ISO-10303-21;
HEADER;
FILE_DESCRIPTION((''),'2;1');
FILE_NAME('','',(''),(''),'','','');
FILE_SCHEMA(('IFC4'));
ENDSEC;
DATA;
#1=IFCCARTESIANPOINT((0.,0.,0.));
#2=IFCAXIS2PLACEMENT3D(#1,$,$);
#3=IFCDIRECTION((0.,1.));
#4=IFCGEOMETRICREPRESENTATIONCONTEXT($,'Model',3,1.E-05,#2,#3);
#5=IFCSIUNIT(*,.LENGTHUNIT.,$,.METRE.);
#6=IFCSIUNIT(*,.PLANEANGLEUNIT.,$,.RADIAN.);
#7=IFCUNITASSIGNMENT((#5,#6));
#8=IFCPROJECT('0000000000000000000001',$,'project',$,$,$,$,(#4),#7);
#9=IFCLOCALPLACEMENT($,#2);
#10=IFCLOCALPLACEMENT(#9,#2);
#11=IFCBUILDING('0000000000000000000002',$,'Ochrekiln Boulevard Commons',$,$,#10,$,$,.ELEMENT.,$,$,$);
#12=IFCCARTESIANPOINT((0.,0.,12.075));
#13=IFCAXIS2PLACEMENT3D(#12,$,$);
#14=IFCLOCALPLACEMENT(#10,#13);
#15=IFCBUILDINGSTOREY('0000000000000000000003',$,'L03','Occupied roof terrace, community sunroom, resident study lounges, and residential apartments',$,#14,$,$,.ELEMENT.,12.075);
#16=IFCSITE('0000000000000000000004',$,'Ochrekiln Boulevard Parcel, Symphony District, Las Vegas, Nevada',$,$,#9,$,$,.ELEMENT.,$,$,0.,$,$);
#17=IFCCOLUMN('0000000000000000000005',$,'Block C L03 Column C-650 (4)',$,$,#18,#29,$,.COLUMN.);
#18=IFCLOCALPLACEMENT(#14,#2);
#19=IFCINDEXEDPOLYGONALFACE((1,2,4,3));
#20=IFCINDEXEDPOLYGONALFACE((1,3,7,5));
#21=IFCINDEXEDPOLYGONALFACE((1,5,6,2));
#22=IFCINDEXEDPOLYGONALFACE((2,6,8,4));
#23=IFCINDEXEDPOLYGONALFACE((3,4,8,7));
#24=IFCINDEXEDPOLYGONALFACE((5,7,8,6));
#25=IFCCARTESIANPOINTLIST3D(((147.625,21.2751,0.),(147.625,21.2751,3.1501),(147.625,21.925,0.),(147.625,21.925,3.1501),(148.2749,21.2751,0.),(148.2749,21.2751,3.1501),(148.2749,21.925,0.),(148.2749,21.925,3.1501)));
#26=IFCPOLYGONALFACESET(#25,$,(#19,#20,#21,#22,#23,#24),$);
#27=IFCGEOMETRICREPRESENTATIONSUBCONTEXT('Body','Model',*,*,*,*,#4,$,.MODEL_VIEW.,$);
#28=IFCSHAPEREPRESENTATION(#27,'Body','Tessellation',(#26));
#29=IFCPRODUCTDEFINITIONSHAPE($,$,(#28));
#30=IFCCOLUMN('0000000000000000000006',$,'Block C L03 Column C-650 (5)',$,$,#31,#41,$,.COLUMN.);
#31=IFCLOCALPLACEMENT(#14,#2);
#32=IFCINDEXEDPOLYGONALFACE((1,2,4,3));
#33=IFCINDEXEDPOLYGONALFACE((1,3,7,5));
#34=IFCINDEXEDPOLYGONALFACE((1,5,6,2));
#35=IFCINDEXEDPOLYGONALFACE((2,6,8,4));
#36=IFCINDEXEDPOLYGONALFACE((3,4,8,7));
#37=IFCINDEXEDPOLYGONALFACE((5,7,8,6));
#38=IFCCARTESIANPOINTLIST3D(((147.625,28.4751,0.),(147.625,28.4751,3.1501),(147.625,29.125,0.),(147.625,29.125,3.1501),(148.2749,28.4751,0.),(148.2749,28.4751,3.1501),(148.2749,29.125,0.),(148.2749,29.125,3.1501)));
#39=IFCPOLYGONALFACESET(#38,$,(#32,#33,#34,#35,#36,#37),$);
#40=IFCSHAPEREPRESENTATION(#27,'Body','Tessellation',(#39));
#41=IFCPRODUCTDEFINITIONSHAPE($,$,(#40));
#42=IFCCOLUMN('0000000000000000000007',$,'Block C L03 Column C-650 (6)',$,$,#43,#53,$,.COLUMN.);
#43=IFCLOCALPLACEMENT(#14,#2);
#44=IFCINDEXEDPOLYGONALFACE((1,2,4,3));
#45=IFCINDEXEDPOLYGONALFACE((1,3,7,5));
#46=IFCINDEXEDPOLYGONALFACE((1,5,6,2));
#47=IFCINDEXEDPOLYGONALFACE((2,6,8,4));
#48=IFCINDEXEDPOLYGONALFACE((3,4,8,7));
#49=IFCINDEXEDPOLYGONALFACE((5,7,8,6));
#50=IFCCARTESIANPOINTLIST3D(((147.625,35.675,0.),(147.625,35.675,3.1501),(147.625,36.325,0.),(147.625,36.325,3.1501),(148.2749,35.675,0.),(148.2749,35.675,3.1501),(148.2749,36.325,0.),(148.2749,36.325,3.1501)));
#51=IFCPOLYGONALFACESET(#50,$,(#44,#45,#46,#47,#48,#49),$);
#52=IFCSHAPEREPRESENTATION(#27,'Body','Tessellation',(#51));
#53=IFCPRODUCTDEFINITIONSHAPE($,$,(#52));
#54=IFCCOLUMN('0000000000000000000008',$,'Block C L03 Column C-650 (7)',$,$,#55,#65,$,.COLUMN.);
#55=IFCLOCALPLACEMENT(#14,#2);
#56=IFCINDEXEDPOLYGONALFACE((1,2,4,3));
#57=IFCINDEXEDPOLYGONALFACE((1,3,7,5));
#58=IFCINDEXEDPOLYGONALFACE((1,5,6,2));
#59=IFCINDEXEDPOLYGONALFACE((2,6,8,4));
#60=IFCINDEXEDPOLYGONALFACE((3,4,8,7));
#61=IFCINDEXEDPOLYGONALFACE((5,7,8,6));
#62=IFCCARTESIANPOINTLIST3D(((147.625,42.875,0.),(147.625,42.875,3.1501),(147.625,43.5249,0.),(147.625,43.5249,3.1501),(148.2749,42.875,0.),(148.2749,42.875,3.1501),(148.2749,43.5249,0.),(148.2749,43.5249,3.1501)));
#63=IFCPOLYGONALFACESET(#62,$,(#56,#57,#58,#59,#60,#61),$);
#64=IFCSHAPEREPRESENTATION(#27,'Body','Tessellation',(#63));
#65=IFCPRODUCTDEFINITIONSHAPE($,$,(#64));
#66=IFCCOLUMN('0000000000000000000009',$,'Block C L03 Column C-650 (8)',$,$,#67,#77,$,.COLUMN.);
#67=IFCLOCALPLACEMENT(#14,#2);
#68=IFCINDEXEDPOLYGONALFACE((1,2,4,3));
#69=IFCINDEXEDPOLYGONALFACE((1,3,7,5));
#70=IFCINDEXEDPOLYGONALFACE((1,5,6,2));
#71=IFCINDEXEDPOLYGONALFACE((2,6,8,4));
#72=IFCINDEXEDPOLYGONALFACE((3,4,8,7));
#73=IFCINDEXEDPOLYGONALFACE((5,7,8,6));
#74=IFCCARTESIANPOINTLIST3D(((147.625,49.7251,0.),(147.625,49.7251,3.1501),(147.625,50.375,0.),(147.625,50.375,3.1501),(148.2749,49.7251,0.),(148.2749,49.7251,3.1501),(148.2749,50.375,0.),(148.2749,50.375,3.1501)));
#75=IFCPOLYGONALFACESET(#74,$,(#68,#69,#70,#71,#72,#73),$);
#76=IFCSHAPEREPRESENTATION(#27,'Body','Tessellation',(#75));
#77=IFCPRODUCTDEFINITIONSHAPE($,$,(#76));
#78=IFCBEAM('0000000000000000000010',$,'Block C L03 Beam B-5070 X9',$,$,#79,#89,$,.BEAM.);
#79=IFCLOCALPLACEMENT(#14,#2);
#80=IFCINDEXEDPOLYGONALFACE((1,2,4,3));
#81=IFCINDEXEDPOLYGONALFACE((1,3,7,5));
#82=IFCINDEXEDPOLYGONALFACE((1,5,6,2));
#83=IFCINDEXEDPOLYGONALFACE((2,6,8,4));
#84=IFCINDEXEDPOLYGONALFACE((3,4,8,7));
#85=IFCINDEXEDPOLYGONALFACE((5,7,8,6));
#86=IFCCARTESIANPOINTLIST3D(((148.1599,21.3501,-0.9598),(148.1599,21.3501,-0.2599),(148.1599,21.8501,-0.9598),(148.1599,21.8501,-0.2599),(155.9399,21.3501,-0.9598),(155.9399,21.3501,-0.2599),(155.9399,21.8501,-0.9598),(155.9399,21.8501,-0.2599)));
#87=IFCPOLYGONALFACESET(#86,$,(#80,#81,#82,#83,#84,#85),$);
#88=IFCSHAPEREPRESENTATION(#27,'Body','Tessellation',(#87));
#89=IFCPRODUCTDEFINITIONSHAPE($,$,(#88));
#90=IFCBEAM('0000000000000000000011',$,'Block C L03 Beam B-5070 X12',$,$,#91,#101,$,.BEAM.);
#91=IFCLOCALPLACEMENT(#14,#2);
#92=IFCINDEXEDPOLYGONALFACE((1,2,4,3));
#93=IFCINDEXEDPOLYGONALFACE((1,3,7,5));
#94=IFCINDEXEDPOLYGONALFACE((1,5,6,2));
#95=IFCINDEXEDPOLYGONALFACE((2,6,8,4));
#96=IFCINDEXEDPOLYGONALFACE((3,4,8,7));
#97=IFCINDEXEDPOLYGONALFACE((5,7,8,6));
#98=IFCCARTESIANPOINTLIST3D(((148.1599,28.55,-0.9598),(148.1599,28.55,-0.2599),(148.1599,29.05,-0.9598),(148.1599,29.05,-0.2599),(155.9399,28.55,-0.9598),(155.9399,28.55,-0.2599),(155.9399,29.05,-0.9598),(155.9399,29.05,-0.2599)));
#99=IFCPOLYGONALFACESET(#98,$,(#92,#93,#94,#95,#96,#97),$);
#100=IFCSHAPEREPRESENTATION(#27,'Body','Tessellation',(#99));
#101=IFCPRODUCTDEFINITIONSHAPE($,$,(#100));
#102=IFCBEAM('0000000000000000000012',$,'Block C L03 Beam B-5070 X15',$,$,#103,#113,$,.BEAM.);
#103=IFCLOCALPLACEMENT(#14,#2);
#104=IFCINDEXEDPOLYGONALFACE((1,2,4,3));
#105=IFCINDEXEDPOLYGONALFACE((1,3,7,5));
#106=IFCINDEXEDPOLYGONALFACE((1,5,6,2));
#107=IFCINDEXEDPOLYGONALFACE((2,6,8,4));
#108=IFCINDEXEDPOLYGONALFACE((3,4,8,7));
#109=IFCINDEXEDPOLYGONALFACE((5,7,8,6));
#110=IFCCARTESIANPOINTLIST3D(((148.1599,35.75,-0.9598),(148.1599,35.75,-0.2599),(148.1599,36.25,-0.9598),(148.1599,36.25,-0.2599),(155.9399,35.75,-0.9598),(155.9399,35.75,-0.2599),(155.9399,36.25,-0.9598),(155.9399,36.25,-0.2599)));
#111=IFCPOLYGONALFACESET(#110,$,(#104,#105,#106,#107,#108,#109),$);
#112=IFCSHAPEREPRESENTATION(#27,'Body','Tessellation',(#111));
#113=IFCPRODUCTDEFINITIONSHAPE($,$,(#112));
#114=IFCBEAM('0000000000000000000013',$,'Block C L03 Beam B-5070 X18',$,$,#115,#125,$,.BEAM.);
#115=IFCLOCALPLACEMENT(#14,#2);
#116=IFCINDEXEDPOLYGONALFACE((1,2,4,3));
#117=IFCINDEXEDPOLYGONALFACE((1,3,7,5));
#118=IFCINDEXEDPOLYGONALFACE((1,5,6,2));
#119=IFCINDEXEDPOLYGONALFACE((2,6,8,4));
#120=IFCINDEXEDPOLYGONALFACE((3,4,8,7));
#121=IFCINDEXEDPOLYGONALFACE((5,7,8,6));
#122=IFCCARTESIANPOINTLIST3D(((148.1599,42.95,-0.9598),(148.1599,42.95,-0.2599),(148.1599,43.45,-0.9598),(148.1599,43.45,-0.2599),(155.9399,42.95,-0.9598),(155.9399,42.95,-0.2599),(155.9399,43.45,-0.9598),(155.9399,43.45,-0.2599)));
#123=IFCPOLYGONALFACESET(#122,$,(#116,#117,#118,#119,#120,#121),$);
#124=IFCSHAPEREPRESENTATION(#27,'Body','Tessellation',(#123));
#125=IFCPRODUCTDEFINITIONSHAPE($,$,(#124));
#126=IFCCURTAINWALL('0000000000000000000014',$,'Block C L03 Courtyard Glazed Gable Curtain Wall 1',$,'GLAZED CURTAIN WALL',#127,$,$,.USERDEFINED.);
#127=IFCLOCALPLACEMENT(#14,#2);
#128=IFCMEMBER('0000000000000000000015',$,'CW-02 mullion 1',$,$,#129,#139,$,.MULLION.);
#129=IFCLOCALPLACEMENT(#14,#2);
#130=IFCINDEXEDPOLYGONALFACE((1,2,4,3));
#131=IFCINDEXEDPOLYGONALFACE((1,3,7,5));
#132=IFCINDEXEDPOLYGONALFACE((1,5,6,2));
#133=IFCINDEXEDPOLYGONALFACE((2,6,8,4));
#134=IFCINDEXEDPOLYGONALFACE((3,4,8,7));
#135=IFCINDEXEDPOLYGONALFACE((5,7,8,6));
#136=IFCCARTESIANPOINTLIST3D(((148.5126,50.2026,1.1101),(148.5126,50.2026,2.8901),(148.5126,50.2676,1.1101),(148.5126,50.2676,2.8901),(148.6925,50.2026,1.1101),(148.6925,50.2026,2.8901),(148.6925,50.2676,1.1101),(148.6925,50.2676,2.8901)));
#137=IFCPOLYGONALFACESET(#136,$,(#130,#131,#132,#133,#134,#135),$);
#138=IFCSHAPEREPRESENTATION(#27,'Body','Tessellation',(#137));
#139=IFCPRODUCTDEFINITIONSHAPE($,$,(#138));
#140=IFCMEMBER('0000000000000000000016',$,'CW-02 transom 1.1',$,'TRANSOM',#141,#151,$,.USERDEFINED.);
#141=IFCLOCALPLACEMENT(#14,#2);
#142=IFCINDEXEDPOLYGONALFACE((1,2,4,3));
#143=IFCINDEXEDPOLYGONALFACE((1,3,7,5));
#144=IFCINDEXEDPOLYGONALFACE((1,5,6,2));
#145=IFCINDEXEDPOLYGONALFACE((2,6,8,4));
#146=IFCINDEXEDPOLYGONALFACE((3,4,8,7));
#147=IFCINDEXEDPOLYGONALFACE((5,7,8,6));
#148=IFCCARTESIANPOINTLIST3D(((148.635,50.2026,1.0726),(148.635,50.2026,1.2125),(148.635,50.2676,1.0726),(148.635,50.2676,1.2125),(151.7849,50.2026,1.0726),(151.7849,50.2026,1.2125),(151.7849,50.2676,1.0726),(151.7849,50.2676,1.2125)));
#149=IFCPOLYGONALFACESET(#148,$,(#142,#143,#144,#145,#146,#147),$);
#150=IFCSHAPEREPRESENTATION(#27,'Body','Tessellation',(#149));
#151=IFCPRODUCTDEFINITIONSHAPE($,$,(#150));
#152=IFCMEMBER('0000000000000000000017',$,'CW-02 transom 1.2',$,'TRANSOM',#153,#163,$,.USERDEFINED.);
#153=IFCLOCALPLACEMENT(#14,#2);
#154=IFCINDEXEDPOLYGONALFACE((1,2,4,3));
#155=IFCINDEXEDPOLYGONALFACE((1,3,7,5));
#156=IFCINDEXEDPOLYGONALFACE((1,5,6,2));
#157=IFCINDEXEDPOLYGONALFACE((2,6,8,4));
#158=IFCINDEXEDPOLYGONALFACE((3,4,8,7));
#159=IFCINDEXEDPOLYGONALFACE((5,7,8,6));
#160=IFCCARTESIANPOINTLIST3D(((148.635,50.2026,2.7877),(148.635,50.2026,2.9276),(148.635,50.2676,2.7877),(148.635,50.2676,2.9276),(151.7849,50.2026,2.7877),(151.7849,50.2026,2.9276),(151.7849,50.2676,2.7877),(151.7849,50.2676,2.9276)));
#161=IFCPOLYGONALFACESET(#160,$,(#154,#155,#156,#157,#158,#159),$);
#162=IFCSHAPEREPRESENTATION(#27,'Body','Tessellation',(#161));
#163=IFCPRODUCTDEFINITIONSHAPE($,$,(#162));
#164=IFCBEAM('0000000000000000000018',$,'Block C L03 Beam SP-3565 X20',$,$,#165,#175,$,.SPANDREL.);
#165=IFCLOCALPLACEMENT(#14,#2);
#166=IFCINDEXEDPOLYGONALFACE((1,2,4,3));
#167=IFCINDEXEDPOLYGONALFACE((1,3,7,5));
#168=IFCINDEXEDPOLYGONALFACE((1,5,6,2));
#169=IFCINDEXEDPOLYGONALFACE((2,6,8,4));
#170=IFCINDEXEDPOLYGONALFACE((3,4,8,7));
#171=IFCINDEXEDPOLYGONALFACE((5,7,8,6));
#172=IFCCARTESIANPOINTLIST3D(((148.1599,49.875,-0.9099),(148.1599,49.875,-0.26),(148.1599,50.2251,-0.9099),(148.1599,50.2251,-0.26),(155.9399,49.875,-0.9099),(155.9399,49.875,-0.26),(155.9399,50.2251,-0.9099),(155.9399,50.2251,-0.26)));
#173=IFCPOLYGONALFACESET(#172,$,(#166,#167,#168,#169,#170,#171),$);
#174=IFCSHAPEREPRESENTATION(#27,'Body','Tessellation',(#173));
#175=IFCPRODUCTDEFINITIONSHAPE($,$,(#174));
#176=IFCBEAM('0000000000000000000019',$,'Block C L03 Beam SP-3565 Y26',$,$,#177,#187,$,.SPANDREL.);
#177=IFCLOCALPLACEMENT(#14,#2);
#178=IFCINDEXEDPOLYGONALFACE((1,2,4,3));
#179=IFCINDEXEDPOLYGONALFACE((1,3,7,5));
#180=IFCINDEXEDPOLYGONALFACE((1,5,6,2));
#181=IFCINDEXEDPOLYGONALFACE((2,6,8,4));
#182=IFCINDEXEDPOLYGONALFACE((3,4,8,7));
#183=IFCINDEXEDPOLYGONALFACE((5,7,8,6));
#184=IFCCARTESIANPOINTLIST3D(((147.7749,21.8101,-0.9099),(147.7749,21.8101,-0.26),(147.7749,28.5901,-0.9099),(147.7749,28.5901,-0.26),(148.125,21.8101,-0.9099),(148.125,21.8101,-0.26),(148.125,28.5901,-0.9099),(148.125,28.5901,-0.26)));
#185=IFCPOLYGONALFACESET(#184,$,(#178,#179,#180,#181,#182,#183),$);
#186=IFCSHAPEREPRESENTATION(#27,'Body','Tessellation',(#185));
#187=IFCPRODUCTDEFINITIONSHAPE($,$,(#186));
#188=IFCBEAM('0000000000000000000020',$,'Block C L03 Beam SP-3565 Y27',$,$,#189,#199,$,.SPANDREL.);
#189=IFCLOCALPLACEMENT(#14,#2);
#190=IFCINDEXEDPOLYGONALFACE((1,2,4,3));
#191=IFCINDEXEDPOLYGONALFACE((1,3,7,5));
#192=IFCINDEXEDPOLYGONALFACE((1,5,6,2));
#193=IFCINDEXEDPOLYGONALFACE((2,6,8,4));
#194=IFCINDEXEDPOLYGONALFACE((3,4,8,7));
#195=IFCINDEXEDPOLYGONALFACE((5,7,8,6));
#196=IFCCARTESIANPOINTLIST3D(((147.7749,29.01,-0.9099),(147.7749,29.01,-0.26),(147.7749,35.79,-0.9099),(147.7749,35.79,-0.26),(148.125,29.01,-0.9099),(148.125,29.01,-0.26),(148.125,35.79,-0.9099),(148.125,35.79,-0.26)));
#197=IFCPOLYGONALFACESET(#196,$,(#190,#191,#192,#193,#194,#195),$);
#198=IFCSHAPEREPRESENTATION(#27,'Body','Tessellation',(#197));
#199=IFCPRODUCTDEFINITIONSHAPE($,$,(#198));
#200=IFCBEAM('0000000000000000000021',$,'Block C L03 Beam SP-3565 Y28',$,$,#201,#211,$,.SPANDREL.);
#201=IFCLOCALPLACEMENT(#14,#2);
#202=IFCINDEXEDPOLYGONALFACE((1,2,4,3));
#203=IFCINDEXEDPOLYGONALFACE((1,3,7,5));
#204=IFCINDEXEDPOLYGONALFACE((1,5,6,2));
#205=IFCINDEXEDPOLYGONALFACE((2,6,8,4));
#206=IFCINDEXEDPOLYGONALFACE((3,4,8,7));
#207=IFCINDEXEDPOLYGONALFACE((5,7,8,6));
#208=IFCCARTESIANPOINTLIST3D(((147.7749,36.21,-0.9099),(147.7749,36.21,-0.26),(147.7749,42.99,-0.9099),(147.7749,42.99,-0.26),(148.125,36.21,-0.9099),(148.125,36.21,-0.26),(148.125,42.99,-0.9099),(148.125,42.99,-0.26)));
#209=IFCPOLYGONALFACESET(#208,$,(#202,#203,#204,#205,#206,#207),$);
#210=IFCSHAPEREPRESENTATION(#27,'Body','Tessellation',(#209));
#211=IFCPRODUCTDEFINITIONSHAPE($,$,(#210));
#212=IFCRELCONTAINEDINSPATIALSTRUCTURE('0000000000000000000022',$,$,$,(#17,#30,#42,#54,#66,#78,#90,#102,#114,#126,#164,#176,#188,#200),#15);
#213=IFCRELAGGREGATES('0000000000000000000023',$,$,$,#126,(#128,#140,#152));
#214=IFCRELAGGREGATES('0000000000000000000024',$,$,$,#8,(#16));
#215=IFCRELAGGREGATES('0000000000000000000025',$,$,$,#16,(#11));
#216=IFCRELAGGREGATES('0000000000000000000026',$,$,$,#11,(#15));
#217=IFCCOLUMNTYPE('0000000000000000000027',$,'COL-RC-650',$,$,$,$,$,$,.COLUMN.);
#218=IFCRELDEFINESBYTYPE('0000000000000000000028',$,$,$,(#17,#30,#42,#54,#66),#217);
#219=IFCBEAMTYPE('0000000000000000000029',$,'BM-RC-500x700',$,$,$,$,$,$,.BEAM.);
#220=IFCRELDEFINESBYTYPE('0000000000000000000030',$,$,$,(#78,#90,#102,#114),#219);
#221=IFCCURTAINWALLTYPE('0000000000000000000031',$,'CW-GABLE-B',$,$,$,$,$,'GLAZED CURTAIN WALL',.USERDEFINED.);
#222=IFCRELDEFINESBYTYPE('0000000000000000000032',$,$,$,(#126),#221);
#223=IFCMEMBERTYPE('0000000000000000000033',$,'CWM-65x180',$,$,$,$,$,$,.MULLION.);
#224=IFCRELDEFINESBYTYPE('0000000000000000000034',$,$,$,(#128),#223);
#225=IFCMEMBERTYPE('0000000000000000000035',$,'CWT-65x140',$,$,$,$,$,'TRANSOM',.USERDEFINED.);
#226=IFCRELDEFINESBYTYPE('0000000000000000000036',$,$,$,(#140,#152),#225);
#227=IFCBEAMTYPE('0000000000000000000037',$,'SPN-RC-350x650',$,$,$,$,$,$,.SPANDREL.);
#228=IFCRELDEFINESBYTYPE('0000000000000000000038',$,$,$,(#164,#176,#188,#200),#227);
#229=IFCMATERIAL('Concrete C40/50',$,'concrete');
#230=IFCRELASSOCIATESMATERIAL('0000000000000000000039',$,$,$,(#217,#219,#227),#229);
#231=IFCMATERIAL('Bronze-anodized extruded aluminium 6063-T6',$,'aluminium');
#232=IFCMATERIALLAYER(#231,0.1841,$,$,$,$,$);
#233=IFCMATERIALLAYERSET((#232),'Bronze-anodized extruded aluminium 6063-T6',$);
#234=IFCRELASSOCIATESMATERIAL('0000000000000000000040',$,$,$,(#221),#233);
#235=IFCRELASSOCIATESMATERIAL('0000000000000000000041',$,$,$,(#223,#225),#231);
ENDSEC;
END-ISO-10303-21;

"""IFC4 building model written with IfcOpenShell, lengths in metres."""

from ifc_helpers import new_model, si_unit, direction, frame, origin, origin_2d, place, context, subcontext, project, spatial, rectangle, extrude, material, layer, layer_set, material_profile, profile_set, type_object, element, aggregate, save


model = new_model("IFC4")

# Units and contexts
model_context = context("Model", 3, precision=1e-05, world=origin(), true_north=direction((0.0, 1.0)))
body_context = subcontext(model_context, "Body", "Model", "MODEL_VIEW")
ifc_project = project(units=[si_unit("LENGTHUNIT", "METRE"), si_unit("PLANEANGLEUNIT", "RADIAN")], contexts=[model_context])

# Site, building, storey
site_placement = place(None, origin())
site = spatial("IfcSite", under=ifc_project, at=site_placement, Name="Ochrekiln Boulevard Parcel, Symphony District, Las Vegas, Nevada", CompositionType="ELEMENT", RefElevation=0.0)
building_placement = place(site_placement, origin())
building = spatial("IfcBuilding", under=site, at=building_placement, Name="Ochrekiln Boulevard Commons", CompositionType="ELEMENT")
storey_placement = place(building_placement, frame((0.0, 0.0, 12.075)))
storey = spatial("IfcBuildingStorey", under=building, at=storey_placement, Name="L03", Description="Occupied roof terrace, community sunroom, resident study lounges, and residential apartments", CompositionType="ELEMENT", Elevation=12.075)

# Columns
ifc_material_1 = material(Name="Concrete C40/50", Category="concrete")
ifc_material_profile_1 = material_profile(ifc_material_1, rectangle(XDim=0.6499, YDim=0.6499, at=origin_2d()), Name="RC-COL-650x650")
ifc_profile_set_1 = profile_set([ifc_material_profile_1], Name="Concrete C40/50")
column_type = type_object("IfcColumnType", Name="COL-RC-650", PredefinedType="COLUMN", material=ifc_profile_set_1)
for number, where, z_axis, x_axis, name in (
    (1, (147.95, 21.6001, 0.0), (0.0, 0.0, 1.0), (1.0, 0.0, 0.0), "Block C L03 Column C-650 (4)"),
    (2, (147.95, 28.8, 0.0), (0.0, 0.0, 1.0), (1.0, 0.0, 0.0), "Block C L03 Column C-650 (5)"),
    (3, (147.95, 36.0, 0.0), (0.0, 0.0, 1.0), (1.0, 0.0, 0.0), "Block C L03 Column C-650 (6)"),
    (4, (147.95, 43.2, 0.0), (0.0, 0.0, 1.0), (1.0, 0.0, 0.0), "Block C L03 Column C-650 (7)"),
    (5, (147.95, 50.05, 0.0), (0.0, 0.0, 1.0), (1.0, 0.0, 0.0), "Block C L03 Column C-650 (8)"),
):
    element("IfcColumn", number, at=place(storey_placement, frame(where, z_axis=z_axis, x_axis=x_axis)), inside=storey, type_object=column_type, Name=name, PredefinedType="COLUMN", context=body_context, shape_type="SweptSolid", body=[
        extrude(rectangle(XDim=0.6499, YDim=0.6499, at=origin_2d()), origin(), (0.0, 0.0, 1.0), 3.1501),
    ])

# Beams
ifc_material_profile_2 = material_profile(ifc_material_1, rectangle(XDim=0.5, YDim=0.7, at=origin_2d()), Name="RC-BM-500x700")
ifc_profile_set_2 = profile_set([ifc_material_profile_2], Name="Concrete C40/50")
beam_type_1 = type_object("IfcBeamType", Name="BM-RC-500x700", PredefinedType="BEAM", material=ifc_profile_set_2)
for number, where, z_axis, x_axis, name in (
    (6, (148.1599, 21.6001, -0.6099), (1.0, 0.0, 0.0), (0.0, 1.0, 0.0), "Block C L03 Beam B-5070 X9"),
    (7, (148.1599, 28.8, -0.6099), (1.0, 0.0, 0.0), (0.0, 1.0, 0.0), "Block C L03 Beam B-5070 X12"),
    (8, (148.1599, 36.0, -0.6099), (1.0, 0.0, 0.0), (0.0, 1.0, 0.0), "Block C L03 Beam B-5070 X15"),
    (9, (148.1599, 43.2, -0.6099), (1.0, 0.0, 0.0), (0.0, 1.0, 0.0), "Block C L03 Beam B-5070 X18"),
):
    element("IfcBeam", number, at=place(storey_placement, frame(where, z_axis=z_axis, x_axis=x_axis)), inside=storey, type_object=beam_type_1, Name=name, PredefinedType="BEAM", context=body_context, shape_type="SweptSolid", body=[
        extrude(rectangle(XDim=0.5, YDim=0.7, at=origin_2d()), origin(), (0.0, 0.0, 1.0), 7.78),
    ])

# Curtain wall, members
ifc_material_2 = material(Name="Bronze-anodized extruded aluminium 6063-T6", Category="aluminium")
ifc_layer_1 = layer(ifc_material_2, 0.1841)
ifc_layer_set_1 = layer_set([ifc_layer_1], Name="Bronze-anodized extruded aluminium 6063-T6")
curtain_wall_type = type_object("IfcCurtainWallType", Name="CW-GABLE-B", ElementType="GLAZED CURTAIN WALL", PredefinedType="USERDEFINED", material=ifc_layer_set_1)
curtain_wall_placement = place(storey_placement, origin())
curtain_wall = element("IfcCurtainWall", 10, at=curtain_wall_placement, inside=storey, type_object=curtain_wall_type, Name="Block C L03 Courtyard Glazed Gable Curtain Wall 1", ObjectType="GLAZED CURTAIN WALL", PredefinedType="USERDEFINED")
ifc_material_profile_3 = material_profile(ifc_material_2, rectangle(XDim=0.0649, YDim=0.1799, at=origin_2d()), Name="ALU-MUL-65x180")
ifc_profile_set_3 = profile_set([ifc_material_profile_3], Name="Bronze-anodized extruded aluminium 6063-T6")
member_type_1 = type_object("IfcMemberType", Name="CWM-65x180", PredefinedType="MULLION", material=ifc_profile_set_3)
member_1_placement = place(storey_placement, frame((148.6025, 50.2351, 1.1101), z_axis=(0.0, 0.0, 1.0), x_axis=(0.0, 1.0, 0.0)))
member_1 = element("IfcMember", 11, at=member_1_placement, type_object=member_type_1, Name="CW-02 mullion 1", PredefinedType="MULLION", context=body_context, shape_type="SweptSolid", body=[
    extrude(rectangle(XDim=0.0649, YDim=0.1799, at=origin_2d()), origin(), (0.0, 0.0, 1.0), 1.78),
])
ifc_material_profile_4 = material_profile(ifc_material_2, rectangle(XDim=0.0649, YDim=0.1399, at=origin_2d()), Name="ALU-TRN-65x140")
ifc_profile_set_4 = profile_set([ifc_material_profile_4], Name="Bronze-anodized extruded aluminium 6063-T6")
member_type_2 = type_object("IfcMemberType", Name="CWT-65x140", ElementType="TRANSOM", PredefinedType="USERDEFINED", material=ifc_profile_set_4)
member_2_placement = place(storey_placement, frame((148.635, 50.2351, 1.1426), z_axis=(1.0, 0.0, 0.0), x_axis=(0.0, 1.0, 0.0)))
member_2 = element("IfcMember", 12, at=member_2_placement, type_object=member_type_2, Name="CW-02 transom 1.1", ObjectType="TRANSOM", PredefinedType="USERDEFINED", context=body_context, shape_type="SweptSolid", body=[
    extrude(rectangle(XDim=0.0649, YDim=0.1399, at=origin_2d()), origin(), (0.0, 0.0, 1.0), 3.1499),
])
member_3_placement = place(storey_placement, frame((148.635, 50.2351, 2.8577), z_axis=(1.0, 0.0, 0.0), x_axis=(0.0, 1.0, 0.0)))
member_3 = element("IfcMember", 13, at=member_3_placement, type_object=member_type_2, Name="CW-02 transom 1.2", ObjectType="TRANSOM", PredefinedType="USERDEFINED", context=body_context, shape_type="SweptSolid", body=[
    extrude(rectangle(XDim=0.0649, YDim=0.1399, at=origin_2d()), origin(), (0.0, 0.0, 1.0), 3.1499),
])

# Beams
ifc_material_profile_5 = material_profile(ifc_material_1, rectangle(XDim=0.3501, YDim=0.6499, at=origin_2d()), Name="RC-SPN-350x650")
ifc_profile_set_5 = profile_set([ifc_material_profile_5], Name="Concrete C40/50")
beam_type_2 = type_object("IfcBeamType", Name="SPN-RC-350x650", PredefinedType="SPANDREL", material=ifc_profile_set_5)
beam_1_placement = place(storey_placement, frame((148.1599, 50.05, -0.585), z_axis=(1.0, 0.0, 0.0), x_axis=(0.0, 1.0, 0.0)))
element("IfcBeam", 14, at=beam_1_placement, inside=storey, type_object=beam_type_2, Name="Block C L03 Beam SP-3565 X20", PredefinedType="SPANDREL", context=body_context, shape_type="SweptSolid", body=[
    extrude(rectangle(XDim=0.3501, YDim=0.6499, at=origin_2d()), origin(), (0.0, 0.0, 1.0), 7.78),
])
for number, where, z_axis, x_axis, name in (
    (15, (147.95, 21.8101, -0.585), (0.0, 1.0, 0.0), (-1.0, 0.0, 0.0), "Block C L03 Beam SP-3565 Y26"),
    (16, (147.95, 29.01, -0.585), (0.0, 1.0, 0.0), (-1.0, 0.0, 0.0), "Block C L03 Beam SP-3565 Y27"),
    (17, (147.95, 36.21, -0.585), (0.0, 1.0, 0.0), (-1.0, 0.0, 0.0), "Block C L03 Beam SP-3565 Y28"),
):
    element("IfcBeam", number, at=place(storey_placement, frame(where, z_axis=z_axis, x_axis=x_axis)), inside=storey, type_object=beam_type_2, Name=name, PredefinedType="SPANDREL", context=body_context, shape_type="SweptSolid", body=[
        extrude(rectangle(XDim=0.3501, YDim=0.6499, at=origin_2d()), origin(), (0.0, 0.0, 1.0), 6.78),
    ])

aggregate(curtain_wall, [member_1, member_2, member_3])

save(model, "model.ifc")
